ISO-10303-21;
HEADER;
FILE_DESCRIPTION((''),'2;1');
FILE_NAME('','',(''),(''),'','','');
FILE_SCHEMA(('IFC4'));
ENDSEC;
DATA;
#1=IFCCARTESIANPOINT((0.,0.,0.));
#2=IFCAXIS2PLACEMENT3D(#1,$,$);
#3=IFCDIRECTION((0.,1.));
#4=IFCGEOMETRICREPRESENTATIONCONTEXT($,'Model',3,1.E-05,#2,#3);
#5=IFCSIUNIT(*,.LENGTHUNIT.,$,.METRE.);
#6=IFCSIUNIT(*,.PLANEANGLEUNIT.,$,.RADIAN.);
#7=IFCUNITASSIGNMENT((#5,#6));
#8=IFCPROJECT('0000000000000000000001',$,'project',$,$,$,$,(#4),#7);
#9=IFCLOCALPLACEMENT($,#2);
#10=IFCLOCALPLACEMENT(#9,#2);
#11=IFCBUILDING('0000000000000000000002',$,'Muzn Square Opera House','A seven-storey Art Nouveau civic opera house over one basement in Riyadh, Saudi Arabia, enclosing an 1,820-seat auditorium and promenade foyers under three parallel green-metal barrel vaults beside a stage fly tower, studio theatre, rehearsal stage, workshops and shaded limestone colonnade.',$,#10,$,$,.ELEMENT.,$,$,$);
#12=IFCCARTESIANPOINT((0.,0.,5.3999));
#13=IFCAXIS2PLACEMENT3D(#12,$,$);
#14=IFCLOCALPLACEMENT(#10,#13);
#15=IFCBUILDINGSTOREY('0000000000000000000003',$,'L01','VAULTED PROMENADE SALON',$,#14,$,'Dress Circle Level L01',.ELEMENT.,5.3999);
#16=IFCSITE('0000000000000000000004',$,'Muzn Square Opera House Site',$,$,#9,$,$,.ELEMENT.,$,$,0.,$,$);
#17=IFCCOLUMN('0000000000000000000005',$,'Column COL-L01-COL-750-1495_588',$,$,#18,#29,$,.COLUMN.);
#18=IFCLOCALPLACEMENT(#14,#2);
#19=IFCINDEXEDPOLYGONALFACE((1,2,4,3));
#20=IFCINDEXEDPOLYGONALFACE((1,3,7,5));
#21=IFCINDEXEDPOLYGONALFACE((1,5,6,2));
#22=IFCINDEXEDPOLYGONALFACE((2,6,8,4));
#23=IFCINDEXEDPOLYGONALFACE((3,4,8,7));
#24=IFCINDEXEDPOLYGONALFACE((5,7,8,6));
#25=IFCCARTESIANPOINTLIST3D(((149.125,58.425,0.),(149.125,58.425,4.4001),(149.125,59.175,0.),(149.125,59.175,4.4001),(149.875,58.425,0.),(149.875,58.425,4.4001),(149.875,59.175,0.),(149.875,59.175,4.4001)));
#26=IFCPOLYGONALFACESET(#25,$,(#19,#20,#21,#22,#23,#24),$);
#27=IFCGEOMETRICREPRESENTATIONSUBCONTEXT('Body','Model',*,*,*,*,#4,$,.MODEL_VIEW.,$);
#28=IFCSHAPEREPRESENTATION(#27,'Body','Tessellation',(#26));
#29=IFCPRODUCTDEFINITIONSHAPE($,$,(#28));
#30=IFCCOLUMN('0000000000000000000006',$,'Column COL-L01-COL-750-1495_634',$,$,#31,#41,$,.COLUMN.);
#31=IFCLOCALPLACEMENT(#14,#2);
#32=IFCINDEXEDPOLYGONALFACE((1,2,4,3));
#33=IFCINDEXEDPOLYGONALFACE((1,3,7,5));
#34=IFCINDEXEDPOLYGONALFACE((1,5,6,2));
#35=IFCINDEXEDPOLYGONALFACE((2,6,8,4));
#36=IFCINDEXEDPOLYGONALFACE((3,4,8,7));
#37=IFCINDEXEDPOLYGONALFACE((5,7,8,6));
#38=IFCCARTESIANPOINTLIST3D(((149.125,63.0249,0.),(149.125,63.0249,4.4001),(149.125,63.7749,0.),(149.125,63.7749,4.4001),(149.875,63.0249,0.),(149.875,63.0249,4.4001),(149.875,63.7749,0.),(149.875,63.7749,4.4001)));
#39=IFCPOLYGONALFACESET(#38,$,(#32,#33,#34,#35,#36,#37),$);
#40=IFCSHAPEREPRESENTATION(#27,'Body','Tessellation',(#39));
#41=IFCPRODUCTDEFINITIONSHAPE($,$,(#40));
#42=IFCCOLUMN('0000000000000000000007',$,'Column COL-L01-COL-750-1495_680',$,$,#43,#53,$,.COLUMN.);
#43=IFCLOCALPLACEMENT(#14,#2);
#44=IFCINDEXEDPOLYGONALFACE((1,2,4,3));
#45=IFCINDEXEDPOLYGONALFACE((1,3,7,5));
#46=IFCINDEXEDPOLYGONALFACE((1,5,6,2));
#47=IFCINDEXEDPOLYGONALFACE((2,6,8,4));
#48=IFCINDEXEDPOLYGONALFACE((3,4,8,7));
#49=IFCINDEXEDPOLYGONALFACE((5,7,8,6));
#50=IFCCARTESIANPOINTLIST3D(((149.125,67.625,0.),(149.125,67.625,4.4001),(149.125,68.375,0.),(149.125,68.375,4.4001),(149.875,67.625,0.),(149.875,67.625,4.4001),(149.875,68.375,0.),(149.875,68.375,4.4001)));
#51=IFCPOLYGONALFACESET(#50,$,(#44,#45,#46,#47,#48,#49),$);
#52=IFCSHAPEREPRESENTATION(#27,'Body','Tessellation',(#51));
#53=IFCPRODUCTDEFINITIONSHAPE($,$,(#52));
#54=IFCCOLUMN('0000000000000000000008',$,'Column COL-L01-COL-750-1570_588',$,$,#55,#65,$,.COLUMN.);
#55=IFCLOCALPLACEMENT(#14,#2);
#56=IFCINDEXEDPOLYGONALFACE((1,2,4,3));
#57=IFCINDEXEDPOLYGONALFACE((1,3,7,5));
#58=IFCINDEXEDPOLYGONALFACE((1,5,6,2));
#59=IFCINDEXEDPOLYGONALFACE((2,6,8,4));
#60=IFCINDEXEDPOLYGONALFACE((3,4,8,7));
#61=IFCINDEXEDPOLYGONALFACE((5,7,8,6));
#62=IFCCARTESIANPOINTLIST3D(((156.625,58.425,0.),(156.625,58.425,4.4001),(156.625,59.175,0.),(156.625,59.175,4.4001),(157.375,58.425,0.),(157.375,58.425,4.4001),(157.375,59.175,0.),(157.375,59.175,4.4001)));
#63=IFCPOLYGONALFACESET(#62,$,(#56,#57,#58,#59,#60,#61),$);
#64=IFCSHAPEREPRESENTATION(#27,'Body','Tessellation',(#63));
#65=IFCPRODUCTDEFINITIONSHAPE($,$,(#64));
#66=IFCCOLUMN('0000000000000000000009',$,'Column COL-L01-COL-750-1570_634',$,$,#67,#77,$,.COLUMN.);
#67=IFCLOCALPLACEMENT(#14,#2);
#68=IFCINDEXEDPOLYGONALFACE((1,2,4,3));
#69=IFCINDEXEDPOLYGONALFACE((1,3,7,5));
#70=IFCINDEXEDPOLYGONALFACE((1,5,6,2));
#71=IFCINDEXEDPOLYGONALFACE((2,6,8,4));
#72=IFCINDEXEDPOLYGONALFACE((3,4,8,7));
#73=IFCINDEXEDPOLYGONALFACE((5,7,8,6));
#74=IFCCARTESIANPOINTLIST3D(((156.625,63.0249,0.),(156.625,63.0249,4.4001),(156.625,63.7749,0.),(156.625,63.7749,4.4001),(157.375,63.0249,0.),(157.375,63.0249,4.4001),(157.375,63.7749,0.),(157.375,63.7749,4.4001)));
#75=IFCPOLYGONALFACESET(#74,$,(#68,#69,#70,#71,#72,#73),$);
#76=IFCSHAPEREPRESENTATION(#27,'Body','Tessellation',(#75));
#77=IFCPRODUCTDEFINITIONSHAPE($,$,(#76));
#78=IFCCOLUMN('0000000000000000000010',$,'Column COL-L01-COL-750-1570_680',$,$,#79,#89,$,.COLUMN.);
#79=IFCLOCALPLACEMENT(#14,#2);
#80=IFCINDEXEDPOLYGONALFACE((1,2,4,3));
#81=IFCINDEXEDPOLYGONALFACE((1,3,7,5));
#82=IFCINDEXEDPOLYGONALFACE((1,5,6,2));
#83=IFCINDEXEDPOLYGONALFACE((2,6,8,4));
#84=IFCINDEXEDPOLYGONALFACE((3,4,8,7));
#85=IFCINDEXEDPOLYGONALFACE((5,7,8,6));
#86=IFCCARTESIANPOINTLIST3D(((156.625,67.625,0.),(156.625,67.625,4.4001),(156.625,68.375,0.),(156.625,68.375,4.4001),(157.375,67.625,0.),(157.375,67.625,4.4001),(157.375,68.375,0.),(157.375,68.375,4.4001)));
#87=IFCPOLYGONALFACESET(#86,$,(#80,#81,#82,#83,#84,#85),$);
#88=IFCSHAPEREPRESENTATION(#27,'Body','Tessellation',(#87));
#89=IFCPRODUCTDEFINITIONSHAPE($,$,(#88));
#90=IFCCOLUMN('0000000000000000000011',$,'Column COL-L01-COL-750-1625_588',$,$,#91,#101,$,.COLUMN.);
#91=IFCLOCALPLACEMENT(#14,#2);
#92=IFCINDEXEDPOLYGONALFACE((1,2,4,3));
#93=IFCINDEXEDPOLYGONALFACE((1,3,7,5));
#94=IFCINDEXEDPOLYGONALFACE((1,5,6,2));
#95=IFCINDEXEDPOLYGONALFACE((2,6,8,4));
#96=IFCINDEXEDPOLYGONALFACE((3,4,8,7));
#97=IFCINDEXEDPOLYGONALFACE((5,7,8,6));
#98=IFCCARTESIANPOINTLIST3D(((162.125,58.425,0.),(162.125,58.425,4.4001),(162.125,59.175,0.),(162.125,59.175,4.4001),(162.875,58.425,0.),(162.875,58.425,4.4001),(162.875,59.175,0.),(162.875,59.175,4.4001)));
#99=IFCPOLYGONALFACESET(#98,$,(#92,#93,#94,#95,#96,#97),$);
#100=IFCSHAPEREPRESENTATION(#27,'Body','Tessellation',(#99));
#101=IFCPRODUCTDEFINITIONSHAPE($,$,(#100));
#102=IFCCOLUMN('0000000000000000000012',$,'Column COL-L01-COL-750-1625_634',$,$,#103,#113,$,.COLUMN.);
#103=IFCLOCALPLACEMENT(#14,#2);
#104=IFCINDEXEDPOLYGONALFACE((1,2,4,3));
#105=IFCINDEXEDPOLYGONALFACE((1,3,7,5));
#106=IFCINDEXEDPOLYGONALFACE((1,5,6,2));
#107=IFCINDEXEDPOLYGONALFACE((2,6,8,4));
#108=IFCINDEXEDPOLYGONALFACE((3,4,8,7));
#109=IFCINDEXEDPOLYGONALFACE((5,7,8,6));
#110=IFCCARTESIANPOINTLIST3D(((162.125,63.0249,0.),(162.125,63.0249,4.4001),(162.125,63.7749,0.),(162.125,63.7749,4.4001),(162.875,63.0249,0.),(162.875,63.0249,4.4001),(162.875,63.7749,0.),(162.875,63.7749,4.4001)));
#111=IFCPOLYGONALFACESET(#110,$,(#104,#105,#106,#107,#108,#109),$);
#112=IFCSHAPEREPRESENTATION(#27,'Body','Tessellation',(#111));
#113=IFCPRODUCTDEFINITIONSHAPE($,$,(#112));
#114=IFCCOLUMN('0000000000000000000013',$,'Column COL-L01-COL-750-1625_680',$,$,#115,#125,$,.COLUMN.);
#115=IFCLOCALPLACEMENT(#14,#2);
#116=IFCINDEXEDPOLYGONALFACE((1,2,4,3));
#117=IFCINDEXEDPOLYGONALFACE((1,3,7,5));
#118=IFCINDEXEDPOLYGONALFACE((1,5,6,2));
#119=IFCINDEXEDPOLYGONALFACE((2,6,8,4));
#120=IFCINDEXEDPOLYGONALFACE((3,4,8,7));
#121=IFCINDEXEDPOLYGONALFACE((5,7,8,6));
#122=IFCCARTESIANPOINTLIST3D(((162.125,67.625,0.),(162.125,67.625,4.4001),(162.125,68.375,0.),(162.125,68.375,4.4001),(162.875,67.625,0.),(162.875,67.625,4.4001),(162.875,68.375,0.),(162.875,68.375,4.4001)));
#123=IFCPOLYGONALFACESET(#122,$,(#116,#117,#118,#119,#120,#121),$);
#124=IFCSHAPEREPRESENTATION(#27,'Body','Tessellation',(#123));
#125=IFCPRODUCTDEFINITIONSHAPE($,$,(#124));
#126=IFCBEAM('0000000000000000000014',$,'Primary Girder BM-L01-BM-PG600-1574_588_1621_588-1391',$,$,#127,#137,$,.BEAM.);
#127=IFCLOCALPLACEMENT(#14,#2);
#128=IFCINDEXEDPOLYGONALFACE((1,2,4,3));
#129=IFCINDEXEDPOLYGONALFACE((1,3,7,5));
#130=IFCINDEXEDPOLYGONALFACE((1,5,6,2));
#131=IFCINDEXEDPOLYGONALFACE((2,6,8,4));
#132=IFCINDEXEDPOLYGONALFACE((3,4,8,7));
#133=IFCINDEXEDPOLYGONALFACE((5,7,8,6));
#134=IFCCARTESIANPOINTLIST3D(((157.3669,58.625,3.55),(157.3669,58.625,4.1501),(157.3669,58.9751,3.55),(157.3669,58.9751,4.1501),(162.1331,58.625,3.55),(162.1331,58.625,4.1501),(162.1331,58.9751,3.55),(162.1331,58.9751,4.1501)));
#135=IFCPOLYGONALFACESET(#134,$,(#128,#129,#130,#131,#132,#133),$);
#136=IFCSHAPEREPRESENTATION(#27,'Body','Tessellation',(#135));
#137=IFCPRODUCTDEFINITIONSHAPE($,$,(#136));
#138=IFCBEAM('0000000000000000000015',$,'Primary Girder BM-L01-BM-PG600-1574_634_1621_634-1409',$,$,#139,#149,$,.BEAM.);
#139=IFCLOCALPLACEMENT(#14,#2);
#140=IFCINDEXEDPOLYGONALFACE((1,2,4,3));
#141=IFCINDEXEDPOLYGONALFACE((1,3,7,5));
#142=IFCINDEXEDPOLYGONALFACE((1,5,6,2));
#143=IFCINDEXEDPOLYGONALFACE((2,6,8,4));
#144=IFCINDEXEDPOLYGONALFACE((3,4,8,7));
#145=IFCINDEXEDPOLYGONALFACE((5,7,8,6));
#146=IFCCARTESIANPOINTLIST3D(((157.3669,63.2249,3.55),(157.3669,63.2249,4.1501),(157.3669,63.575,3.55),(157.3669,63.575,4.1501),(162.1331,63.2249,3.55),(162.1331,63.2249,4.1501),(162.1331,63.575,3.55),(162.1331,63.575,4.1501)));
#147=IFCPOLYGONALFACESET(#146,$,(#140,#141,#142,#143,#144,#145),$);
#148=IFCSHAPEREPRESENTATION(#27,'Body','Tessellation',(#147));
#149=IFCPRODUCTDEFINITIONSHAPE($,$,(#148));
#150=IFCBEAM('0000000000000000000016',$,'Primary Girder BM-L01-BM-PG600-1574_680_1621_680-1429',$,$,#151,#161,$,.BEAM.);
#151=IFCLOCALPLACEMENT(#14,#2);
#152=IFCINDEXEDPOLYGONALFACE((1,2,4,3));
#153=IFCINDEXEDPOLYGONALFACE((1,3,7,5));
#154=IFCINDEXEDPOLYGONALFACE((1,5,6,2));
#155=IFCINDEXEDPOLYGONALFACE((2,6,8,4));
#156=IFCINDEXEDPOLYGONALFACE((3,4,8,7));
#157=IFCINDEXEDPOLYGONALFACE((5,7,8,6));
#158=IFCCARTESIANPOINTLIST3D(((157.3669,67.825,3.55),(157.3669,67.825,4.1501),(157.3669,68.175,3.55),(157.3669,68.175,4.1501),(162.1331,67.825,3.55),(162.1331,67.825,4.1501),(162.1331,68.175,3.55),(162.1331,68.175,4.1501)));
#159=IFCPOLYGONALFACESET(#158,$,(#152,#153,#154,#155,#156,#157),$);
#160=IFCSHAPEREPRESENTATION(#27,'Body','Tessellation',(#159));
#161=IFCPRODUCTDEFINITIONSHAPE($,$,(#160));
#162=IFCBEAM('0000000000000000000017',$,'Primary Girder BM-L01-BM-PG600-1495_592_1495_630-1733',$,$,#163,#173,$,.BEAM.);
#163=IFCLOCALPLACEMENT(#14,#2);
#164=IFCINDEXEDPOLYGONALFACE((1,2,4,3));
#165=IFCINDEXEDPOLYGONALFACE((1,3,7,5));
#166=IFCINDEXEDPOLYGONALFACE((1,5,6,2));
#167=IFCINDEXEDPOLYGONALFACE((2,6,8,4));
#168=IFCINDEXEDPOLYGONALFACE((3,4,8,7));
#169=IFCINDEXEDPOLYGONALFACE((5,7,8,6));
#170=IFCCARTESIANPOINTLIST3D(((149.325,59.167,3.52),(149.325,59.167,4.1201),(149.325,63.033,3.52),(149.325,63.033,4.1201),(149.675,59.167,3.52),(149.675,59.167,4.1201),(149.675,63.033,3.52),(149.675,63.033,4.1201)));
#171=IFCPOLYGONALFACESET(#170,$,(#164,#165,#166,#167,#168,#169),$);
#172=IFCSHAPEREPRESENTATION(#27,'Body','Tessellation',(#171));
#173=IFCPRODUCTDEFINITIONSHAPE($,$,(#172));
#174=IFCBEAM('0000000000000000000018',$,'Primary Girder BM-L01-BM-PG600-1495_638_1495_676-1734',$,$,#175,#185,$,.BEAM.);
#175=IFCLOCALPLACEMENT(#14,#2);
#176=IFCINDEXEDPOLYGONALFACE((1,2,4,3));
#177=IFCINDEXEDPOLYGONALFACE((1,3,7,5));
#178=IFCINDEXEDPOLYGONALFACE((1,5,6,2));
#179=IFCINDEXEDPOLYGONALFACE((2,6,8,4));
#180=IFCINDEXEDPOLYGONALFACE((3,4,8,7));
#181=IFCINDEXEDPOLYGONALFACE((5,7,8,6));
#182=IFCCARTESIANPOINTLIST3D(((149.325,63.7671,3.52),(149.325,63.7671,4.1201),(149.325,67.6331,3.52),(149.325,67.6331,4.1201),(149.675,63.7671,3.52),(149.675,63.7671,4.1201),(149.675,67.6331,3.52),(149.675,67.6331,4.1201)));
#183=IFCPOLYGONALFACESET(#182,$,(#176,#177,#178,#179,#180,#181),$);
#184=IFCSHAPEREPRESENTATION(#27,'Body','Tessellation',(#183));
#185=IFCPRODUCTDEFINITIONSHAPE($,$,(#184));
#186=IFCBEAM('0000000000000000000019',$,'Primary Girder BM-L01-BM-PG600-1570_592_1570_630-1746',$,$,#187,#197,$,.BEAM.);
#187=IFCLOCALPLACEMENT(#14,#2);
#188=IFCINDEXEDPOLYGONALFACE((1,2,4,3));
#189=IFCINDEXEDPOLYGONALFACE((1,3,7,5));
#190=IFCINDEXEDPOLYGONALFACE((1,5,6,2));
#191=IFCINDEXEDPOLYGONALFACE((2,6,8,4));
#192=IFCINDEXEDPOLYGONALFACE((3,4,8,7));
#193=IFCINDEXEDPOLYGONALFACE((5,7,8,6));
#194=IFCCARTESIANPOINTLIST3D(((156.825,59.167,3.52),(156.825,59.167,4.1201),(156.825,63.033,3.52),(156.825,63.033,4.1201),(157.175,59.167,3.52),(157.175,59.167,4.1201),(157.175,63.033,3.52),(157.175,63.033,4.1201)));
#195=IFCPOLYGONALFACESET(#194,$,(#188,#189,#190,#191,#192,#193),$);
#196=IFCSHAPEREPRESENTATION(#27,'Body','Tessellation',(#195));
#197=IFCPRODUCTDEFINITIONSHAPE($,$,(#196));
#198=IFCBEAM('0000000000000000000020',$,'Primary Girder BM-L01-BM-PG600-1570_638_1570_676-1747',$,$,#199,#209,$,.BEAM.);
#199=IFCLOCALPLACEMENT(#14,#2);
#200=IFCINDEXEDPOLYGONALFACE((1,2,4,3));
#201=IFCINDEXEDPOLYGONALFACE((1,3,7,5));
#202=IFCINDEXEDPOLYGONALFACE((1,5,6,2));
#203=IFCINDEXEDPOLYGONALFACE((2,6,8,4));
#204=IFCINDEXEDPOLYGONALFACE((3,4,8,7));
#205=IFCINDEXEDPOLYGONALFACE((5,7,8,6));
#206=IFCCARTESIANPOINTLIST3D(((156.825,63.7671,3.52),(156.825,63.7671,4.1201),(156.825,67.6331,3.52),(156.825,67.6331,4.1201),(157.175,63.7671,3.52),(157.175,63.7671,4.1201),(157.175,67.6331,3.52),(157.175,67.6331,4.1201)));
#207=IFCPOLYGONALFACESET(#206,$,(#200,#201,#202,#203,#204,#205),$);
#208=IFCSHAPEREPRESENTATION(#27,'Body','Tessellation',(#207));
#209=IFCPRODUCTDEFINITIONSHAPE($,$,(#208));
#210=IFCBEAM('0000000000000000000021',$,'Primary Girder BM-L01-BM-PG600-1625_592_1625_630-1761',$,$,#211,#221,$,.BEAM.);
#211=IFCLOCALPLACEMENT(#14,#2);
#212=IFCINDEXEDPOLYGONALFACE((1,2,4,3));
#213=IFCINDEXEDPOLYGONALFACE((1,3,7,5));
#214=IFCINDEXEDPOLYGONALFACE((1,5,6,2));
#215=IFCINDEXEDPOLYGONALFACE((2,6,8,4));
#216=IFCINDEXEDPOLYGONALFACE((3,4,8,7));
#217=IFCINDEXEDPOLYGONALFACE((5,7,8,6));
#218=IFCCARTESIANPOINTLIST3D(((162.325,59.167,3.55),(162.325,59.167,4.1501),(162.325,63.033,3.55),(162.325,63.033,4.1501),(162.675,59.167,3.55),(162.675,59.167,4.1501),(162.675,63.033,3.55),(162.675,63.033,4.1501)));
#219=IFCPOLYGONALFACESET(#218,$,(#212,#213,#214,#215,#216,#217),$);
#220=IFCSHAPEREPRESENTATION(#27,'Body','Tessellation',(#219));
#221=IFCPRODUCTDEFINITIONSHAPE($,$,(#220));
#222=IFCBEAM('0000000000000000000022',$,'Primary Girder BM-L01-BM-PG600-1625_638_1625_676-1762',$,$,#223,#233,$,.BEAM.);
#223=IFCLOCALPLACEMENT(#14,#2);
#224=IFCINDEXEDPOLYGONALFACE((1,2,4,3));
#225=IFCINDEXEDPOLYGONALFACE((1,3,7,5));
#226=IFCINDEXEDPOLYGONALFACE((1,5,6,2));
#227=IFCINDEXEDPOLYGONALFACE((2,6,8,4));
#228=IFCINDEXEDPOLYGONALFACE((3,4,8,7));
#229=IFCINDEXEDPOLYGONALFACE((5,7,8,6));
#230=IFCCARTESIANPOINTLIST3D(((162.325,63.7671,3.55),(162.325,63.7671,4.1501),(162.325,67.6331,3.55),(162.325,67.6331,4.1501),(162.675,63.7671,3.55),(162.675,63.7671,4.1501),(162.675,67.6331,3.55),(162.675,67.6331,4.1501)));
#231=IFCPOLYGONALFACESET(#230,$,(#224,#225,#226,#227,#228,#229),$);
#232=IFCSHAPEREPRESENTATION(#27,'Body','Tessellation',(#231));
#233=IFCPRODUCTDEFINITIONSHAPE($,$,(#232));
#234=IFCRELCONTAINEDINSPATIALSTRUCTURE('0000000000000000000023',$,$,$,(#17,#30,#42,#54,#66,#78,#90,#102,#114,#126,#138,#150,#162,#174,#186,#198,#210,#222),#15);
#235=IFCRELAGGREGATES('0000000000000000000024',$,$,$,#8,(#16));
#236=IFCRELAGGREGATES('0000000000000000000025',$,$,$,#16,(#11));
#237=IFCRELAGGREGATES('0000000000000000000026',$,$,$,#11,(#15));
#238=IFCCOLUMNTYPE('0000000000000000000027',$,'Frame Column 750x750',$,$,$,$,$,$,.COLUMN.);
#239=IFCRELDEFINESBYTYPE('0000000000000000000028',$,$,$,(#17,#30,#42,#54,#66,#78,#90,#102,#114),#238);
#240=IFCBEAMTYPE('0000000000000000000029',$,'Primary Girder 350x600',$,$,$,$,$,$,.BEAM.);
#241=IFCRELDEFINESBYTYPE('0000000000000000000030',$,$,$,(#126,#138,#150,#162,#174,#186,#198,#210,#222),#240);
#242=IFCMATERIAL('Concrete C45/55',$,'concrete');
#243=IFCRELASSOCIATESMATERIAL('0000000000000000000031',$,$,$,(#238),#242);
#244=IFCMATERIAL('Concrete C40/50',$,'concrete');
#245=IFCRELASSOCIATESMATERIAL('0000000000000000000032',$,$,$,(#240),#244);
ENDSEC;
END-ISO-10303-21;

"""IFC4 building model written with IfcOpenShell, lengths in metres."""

from ifc_helpers import new_model, si_unit, direction, frame, origin, origin_2d, place, context, subcontext, project, spatial, rectangle, extrude, material, material_profile, profile_set, type_object, element, save


model = new_model("IFC4")

# Units and contexts
model_context = context("Model", 3, precision=1e-05, world=origin(), true_north=direction((0.0, 1.0)))
body_context = subcontext(model_context, "Body", "Model", "MODEL_VIEW")
ifc_project = project(units=[si_unit("LENGTHUNIT", "METRE"), si_unit("PLANEANGLEUNIT", "RADIAN")], contexts=[model_context])

# Site, building, storey
site_placement = place(None, origin())
site = spatial("IfcSite", under=ifc_project, at=site_placement, Name="Muzn Square Opera House Site", CompositionType="ELEMENT", RefElevation=0.0)
building_placement = place(site_placement, origin())
building = spatial("IfcBuilding", under=site, at=building_placement, Name="Muzn Square Opera House", Description="A seven-storey Art Nouveau civic opera house over one basement in Riyadh, Saudi Arabia, enclosing an 1,820-seat auditorium and promenade foyers under three parallel green-metal barrel vaults beside a stage fly tower, studio theatre, rehearsal stage, workshops and shaded limestone colonnade.", CompositionType="ELEMENT")
storey_placement = place(building_placement, frame((0.0, 0.0, 5.3999)))
storey = spatial("IfcBuildingStorey", under=building, at=storey_placement, Name="L01", Description="VAULTED PROMENADE SALON", LongName="Dress Circle Level L01", CompositionType="ELEMENT", Elevation=5.3999)

# Columns
ifc_material_1 = material(Name="Concrete C45/55", Category="concrete")
ifc_material_profile_1 = material_profile(ifc_material_1, rectangle(XDim=0.75, YDim=0.75, at=origin_2d()), Name="RC 750x750", Category="concrete")
ifc_profile_set_1 = profile_set([ifc_material_profile_1], Name="Concrete C45/55")
column_type = type_object("IfcColumnType", Name="Frame Column 750x750", PredefinedType="COLUMN", material=ifc_profile_set_1)
for number, where, z_axis, x_axis, name in (
    (1, (149.5, 58.8, 0.0), (0.0, 0.0, 1.0), (1.0, 0.0, 0.0), "Column COL-L01-COL-750-1495_588"),
    (2, (149.5, 63.3999, 0.0), (0.0, 0.0, 1.0), (1.0, 0.0, 0.0), "Column COL-L01-COL-750-1495_634"),
    (3, (149.5, 68.0, 0.0), (0.0, 0.0, 1.0), (1.0, 0.0, 0.0), "Column COL-L01-COL-750-1495_680"),
    (4, (157.0, 58.8, 0.0), (0.0, 0.0, 1.0), (1.0, 0.0, 0.0), "Column COL-L01-COL-750-1570_588"),
    (5, (157.0, 63.3999, 0.0), (0.0, 0.0, 1.0), (1.0, 0.0, 0.0), "Column COL-L01-COL-750-1570_634"),
    (6, (157.0, 68.0, 0.0), (0.0, 0.0, 1.0), (1.0, 0.0, 0.0), "Column COL-L01-COL-750-1570_680"),
    (7, (162.5, 58.8, 0.0), (0.0, 0.0, 1.0), (1.0, 0.0, 0.0), "Column COL-L01-COL-750-1625_588"),
    (8, (162.5, 63.3999, 0.0), (0.0, 0.0, 1.0), (1.0, 0.0, 0.0), "Column COL-L01-COL-750-1625_634"),
    (9, (162.5, 68.0, 0.0), (0.0, 0.0, 1.0), (1.0, 0.0, 0.0), "Column COL-L01-COL-750-1625_680"),
):
    element("IfcColumn", number, at=place(storey_placement, frame(where, z_axis=z_axis, x_axis=x_axis)), inside=storey, type_object=column_type, Name=name, PredefinedType="COLUMN", context=body_context, shape_type="SweptSolid", body=[
        extrude(rectangle(XDim=0.75, YDim=0.75, at=origin_2d()), origin(), (0.0, 0.0, 1.0), 4.4001),
    ])

# Beams
ifc_material_2 = material(Name="Concrete C40/50", Category="concrete")
ifc_material_profile_2 = material_profile(ifc_material_2, rectangle(XDim=0.3501, YDim=0.6001, at=origin_2d()), Name="RCB 350x600", Category="concrete")
ifc_profile_set_2 = profile_set([ifc_material_profile_2], Name="Concrete C40/50")
beam_type_1 = type_object("IfcBeamType", Name="Primary Girder 350x600", PredefinedType="BEAM", material=ifc_profile_set_2)
for number, where, z_axis, x_axis, name in (
    (10, (157.3669, 58.8, 3.8501), (1.0, 0.0, 0.0), (0.0, 1.0, 0.0), "Primary Girder BM-L01-BM-PG600-1574_588_1621_588-1391"),
    (11, (157.3669, 63.3999, 3.8501), (1.0, 0.0, 0.0), (0.0, 1.0, 0.0), "Primary Girder BM-L01-BM-PG600-1574_634_1621_634-1409"),
    (12, (157.3669, 68.0, 3.8501), (1.0, 0.0, 0.0), (0.0, 1.0, 0.0), "Primary Girder BM-L01-BM-PG600-1574_680_1621_680-1429"),
):
    element("IfcBeam", number, at=place(storey_placement, frame(where, z_axis=z_axis, x_axis=x_axis)), inside=storey, type_object=beam_type_1, Name=name, PredefinedType="BEAM", context=body_context, shape_type="SweptSolid", body=[
        extrude(rectangle(XDim=0.3501, YDim=0.6001, at=origin_2d()), origin(), (0.0, 0.0, 1.0), 4.7661),
    ])
for number, where, z_axis, x_axis, name in (
    (13, (149.5, 59.167, 3.8201), (0.0, 1.0, 0.0), (-1.0, 0.0, 0.0), "Primary Girder BM-L01-BM-PG600-1495_592_1495_630-1733"),
    (14, (149.5, 63.7671, 3.8201), (0.0, 1.0, 0.0), (-1.0, 0.0, 0.0), "Primary Girder BM-L01-BM-PG600-1495_638_1495_676-1734"),
    (15, (157.0, 59.167, 3.8201), (0.0, 1.0, 0.0), (-1.0, 0.0, 0.0), "Primary Girder BM-L01-BM-PG600-1570_592_1570_630-1746"),
    (16, (157.0, 63.7671, 3.8201), (0.0, 1.0, 0.0), (-1.0, 0.0, 0.0), "Primary Girder BM-L01-BM-PG600-1570_638_1570_676-1747"),
    (17, (162.5, 59.167, 3.8501), (0.0, 1.0, 0.0), (-1.0, 0.0, 0.0), "Primary Girder BM-L01-BM-PG600-1625_592_1625_630-1761"),
    (18, (162.5, 63.7671, 3.8501), (0.0, 1.0, 0.0), (-1.0, 0.0, 0.0), "Primary Girder BM-L01-BM-PG600-1625_638_1625_676-1762"),
):
    element("IfcBeam", number, at=place(storey_placement, frame(where, z_axis=z_axis, x_axis=x_axis)), inside=storey, type_object=beam_type_1, Name=name, PredefinedType="BEAM", context=body_context, shape_type="SweptSolid", body=[
        extrude(rectangle(XDim=0.3501, YDim=0.6001, at=origin_2d()), origin(), (0.0, 0.0, 1.0), 3.866),
    ])

save(model, "model.ifc")
